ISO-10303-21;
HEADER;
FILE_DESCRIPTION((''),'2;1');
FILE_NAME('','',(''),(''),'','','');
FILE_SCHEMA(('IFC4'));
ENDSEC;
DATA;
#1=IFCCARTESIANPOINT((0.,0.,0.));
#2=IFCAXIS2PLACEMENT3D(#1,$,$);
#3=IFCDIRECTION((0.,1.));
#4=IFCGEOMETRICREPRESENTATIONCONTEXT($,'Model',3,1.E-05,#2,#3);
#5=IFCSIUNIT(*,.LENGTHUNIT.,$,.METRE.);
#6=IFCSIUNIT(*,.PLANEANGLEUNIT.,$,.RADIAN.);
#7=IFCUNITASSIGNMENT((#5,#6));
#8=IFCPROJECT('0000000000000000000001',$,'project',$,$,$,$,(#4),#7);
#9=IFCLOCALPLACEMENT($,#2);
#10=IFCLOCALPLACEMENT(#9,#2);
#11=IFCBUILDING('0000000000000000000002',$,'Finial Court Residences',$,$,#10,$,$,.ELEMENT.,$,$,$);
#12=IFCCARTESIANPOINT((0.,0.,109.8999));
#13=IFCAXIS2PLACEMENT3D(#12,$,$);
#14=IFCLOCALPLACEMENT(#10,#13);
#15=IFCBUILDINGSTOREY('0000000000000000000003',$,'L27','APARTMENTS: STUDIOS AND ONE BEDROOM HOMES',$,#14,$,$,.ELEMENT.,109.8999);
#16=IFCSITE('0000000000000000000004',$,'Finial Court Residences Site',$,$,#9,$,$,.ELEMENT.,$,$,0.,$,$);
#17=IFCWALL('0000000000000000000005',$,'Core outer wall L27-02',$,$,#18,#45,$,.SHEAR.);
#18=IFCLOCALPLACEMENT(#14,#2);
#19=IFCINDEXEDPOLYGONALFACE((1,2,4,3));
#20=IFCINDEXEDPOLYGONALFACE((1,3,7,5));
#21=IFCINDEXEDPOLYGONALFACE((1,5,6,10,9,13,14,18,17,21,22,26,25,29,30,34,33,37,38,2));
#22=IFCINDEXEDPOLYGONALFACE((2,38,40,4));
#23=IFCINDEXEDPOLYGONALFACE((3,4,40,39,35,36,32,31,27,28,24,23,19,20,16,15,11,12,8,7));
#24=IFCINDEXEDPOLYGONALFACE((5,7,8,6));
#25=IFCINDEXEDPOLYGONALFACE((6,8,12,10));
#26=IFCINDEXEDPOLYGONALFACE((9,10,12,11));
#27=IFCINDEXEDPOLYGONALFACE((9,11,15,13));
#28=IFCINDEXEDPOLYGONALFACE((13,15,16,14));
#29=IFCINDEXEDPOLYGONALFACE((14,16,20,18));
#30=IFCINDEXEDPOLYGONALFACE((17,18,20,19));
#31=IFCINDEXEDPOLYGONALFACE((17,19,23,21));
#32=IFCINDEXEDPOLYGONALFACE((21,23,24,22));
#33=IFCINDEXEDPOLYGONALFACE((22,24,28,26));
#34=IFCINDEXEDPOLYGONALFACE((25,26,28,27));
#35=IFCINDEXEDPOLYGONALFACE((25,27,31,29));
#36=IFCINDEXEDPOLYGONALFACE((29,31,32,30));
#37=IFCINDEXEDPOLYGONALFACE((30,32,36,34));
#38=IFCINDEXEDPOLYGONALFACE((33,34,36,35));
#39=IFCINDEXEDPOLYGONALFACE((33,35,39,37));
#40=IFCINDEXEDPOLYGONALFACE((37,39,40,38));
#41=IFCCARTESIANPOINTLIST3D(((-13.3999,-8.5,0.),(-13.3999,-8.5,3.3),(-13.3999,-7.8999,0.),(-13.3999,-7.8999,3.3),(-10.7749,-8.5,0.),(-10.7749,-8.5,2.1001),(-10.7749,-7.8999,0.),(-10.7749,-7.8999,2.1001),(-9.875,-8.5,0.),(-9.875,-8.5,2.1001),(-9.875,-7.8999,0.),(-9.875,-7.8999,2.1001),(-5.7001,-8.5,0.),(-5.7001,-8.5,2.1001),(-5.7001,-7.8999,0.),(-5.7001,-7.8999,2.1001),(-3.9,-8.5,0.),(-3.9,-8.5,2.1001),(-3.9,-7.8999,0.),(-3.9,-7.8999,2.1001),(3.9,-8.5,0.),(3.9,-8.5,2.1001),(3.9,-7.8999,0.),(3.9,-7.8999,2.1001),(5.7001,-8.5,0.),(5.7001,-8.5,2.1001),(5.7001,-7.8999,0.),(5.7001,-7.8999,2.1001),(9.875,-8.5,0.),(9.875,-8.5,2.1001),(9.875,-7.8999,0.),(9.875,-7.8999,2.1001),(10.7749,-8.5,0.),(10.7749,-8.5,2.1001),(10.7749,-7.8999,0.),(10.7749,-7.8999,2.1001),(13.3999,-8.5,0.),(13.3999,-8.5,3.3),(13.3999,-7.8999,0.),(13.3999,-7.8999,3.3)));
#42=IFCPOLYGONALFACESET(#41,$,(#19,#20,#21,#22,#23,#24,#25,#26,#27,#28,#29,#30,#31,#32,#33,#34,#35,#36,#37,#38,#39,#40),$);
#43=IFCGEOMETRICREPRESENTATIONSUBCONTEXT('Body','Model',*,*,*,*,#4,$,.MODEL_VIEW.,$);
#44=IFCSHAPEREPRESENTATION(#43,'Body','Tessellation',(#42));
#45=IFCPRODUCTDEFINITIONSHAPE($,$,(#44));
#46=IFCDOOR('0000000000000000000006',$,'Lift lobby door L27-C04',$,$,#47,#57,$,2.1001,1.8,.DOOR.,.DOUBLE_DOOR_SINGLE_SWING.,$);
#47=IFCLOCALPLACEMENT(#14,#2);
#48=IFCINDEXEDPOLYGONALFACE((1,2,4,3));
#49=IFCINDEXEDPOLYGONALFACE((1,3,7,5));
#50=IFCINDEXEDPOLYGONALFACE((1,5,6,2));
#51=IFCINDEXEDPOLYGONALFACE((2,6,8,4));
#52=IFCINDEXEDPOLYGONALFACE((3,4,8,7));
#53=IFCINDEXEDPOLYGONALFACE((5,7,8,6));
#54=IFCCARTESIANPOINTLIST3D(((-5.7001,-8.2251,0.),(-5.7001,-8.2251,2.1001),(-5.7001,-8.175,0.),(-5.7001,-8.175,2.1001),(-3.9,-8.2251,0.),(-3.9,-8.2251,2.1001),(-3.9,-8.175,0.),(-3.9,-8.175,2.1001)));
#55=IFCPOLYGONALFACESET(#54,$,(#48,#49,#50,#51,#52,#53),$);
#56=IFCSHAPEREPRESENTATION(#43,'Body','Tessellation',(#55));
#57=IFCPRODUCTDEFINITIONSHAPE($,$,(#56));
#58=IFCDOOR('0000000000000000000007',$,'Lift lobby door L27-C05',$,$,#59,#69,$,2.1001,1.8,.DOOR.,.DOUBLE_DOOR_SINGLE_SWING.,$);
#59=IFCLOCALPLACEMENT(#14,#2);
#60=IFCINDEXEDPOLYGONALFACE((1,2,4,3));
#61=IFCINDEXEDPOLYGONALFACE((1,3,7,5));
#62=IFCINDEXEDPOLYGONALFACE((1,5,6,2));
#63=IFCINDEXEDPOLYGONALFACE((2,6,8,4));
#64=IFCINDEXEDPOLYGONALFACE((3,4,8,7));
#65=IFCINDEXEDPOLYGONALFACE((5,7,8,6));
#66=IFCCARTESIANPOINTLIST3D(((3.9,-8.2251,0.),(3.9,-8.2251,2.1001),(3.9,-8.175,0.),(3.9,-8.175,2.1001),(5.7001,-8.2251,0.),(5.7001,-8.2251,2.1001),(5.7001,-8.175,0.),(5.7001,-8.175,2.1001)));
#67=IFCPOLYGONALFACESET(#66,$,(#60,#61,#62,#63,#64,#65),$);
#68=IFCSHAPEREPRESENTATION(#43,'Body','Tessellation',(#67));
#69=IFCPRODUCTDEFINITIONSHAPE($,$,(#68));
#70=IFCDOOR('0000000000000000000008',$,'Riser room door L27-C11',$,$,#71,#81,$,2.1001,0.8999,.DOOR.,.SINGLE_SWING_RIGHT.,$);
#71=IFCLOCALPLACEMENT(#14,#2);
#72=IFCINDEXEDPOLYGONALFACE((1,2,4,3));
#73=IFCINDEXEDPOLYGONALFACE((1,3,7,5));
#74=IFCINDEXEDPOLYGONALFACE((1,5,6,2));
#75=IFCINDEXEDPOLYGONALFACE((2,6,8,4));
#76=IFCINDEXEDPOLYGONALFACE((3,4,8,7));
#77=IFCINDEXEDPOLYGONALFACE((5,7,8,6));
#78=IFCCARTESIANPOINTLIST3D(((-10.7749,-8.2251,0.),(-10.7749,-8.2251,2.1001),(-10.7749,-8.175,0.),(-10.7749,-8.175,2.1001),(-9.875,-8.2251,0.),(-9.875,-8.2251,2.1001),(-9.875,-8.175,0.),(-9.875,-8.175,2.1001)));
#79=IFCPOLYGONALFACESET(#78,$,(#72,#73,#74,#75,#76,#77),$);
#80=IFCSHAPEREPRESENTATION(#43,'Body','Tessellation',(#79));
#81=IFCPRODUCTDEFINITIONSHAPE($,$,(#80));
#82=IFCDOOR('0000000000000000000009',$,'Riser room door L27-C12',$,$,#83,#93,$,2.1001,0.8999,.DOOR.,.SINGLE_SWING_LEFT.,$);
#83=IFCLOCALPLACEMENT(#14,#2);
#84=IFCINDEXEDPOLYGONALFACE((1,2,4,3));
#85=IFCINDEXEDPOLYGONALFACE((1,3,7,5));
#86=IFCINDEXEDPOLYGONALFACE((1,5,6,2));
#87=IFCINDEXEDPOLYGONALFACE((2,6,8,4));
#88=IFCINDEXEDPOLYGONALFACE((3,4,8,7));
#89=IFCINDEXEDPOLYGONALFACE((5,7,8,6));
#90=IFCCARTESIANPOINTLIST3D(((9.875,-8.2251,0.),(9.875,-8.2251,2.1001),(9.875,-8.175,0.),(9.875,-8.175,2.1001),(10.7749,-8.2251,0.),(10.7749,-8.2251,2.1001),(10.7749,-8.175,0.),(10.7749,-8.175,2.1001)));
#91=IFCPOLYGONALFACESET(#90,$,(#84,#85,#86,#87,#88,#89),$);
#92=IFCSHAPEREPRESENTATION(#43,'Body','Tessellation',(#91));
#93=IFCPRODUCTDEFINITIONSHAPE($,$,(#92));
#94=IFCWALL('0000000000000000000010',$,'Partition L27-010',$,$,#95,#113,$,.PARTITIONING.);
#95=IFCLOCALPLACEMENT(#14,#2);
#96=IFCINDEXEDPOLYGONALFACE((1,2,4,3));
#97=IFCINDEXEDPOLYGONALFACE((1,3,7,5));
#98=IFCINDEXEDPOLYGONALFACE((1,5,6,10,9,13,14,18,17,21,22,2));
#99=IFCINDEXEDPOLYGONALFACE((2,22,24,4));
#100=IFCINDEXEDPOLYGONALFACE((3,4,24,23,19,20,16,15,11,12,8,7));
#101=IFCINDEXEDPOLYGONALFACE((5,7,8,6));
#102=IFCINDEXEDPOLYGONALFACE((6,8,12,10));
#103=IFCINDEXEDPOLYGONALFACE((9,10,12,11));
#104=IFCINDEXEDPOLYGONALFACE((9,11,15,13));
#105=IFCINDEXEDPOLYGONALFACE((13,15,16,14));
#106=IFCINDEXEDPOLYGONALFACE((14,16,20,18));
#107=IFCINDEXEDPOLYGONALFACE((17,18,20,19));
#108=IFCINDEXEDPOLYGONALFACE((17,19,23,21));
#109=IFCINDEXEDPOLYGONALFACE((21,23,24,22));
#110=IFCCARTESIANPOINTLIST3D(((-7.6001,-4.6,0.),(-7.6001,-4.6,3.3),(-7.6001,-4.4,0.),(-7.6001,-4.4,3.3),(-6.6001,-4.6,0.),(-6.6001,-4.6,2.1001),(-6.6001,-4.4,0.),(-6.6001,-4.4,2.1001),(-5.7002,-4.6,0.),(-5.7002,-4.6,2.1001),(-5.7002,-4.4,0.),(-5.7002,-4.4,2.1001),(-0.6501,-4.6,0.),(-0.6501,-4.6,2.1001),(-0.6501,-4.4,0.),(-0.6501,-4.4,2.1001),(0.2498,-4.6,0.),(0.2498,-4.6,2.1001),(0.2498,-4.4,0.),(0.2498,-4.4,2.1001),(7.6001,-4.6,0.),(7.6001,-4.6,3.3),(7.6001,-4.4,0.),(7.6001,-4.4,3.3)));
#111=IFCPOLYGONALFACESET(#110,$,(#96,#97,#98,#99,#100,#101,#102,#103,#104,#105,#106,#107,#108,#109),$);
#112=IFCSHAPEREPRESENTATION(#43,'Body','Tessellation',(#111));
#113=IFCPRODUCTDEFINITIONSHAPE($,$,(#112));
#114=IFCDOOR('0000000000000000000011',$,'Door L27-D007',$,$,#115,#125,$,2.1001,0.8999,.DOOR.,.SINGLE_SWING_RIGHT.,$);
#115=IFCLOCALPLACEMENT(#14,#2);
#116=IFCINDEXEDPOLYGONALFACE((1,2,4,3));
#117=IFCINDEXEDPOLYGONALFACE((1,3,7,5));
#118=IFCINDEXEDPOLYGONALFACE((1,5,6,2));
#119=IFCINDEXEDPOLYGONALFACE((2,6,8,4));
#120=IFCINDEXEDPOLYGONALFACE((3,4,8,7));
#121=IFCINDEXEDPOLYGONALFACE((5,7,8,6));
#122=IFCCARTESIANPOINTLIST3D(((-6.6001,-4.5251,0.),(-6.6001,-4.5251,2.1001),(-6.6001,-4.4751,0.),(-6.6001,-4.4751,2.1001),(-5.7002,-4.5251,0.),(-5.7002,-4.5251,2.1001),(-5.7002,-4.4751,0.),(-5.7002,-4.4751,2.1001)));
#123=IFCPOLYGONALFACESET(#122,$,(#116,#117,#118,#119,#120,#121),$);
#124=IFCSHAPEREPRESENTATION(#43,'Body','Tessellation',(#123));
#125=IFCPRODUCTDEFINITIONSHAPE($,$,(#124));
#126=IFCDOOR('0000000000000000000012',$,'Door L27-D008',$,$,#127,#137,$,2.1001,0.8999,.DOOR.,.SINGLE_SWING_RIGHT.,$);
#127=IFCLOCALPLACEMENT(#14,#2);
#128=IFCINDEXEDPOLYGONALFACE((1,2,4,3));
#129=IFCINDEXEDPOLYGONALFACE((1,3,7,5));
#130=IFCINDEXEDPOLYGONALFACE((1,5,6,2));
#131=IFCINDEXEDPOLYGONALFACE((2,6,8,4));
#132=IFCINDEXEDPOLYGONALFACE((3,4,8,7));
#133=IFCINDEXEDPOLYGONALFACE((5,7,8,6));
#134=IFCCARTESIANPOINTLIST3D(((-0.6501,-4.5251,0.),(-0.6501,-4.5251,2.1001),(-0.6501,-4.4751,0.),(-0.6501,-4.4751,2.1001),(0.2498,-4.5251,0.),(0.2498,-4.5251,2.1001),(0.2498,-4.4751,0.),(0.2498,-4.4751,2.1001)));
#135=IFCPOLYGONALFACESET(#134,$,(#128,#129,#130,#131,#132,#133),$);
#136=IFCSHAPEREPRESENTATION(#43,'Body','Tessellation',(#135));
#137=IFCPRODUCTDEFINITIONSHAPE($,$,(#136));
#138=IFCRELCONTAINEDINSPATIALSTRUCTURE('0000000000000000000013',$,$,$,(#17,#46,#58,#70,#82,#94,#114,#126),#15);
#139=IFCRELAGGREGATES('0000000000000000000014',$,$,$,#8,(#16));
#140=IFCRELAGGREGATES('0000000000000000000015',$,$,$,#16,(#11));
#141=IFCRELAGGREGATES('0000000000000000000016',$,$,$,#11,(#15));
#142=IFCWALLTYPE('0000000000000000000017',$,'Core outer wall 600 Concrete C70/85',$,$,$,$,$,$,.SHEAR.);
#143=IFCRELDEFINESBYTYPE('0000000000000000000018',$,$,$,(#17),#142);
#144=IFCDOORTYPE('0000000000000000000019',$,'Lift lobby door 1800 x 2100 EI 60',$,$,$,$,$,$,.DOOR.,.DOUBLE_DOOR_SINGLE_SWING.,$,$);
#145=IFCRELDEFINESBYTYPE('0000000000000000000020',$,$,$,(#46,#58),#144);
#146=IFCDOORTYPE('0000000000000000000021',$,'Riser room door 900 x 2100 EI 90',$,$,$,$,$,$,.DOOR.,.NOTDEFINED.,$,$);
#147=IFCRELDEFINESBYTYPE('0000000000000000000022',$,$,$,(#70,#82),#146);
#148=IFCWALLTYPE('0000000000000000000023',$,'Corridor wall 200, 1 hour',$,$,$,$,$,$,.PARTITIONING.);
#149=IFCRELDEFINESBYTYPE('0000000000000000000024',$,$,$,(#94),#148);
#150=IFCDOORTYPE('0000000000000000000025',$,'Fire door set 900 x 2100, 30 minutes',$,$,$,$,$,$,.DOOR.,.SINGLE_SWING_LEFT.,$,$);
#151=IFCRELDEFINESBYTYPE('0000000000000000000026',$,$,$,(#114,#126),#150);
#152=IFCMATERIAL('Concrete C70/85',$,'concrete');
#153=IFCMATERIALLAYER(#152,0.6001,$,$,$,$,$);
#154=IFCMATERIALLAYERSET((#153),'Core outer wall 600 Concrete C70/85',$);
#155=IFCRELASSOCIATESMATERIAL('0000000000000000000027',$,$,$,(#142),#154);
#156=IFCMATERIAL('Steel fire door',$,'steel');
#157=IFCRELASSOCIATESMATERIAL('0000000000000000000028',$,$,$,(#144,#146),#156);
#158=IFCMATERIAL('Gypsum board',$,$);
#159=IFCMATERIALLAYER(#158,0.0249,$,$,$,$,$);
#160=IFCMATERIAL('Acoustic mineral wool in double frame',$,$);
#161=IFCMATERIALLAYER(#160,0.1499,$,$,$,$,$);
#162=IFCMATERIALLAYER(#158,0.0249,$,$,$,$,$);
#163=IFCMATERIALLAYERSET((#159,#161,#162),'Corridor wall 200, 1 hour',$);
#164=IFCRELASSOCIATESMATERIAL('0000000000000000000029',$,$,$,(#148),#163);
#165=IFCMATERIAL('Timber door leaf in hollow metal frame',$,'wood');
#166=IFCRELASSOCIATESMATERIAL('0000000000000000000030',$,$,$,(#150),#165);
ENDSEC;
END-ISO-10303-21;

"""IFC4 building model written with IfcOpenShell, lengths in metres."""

from ifc_helpers import new_model, si_unit, direction, frame, frame_2d, origin, place, context, subcontext, project, spatial, rectangle, extrude, material, layer, layer_set, type_object, element, fill, save


model = new_model("IFC4")

# Units and contexts
model_context = context("Model", 3, precision=1e-05, world=origin(), true_north=direction((0.0, 1.0)))
body_context = subcontext(model_context, "Body", "Model", "MODEL_VIEW")
ifc_project = project(units=[si_unit("LENGTHUNIT", "METRE"), si_unit("PLANEANGLEUNIT", "RADIAN")], contexts=[model_context])

# Site, building, storey
site_placement = place(None, origin())
site = spatial("IfcSite", under=ifc_project, at=site_placement, Name="Finial Court Residences Site", CompositionType="ELEMENT", RefElevation=0.0)
building_placement = place(site_placement, origin())
building = spatial("IfcBuilding", under=site, at=building_placement, Name="Finial Court Residences", CompositionType="ELEMENT")
storey_placement = place(building_placement, frame((0.0, 0.0, 109.8999)))
storey = spatial("IfcBuildingStorey", under=building, at=storey_placement, Name="L27", Description="APARTMENTS: STUDIOS AND ONE BEDROOM HOMES", CompositionType="ELEMENT", Elevation=109.8999)

# Shared definitions
ifc_material_1 = material(Name="Concrete C70/85", Category="concrete")

# Walls, openings, doors
ifc_layer_1 = layer(ifc_material_1, 0.6001)
ifc_layer_set_1 = layer_set([ifc_layer_1], Name="Core outer wall 600 Concrete C70/85")
wall_type_1 = type_object("IfcWallType", Name="Core outer wall 600 Concrete C70/85", PredefinedType="SHEAR", material=ifc_layer_set_1)
wall_1_placement = place(storey_placement, frame((-13.3999, -8.2, 0.0), z_axis=(0.0, 0.0, 1.0), x_axis=(1.0, 0.0, 0.0)))
wall_1 = element("IfcWall", 1, at=wall_1_placement, inside=storey, type_object=wall_type_1, Name="Core outer wall L27-02", PredefinedType="SHEAR", context=body_context, shape_type="SweptSolid", body=[
    extrude(rectangle(XDim=26.7998, YDim=0.6001, at=frame_2d((13.3999, 0.0))), origin(), (0.0, 0.0, 1.0), 3.3),
])
opening_1_placement = place(wall_1_placement, frame((7.7, 0.0, 0.0)))
opening_1 = element("IfcOpeningElement", 2, at=opening_1_placement, cuts=wall_1, PredefinedType="OPENING", context=body_context, shape_type="SweptSolid", body=[
    extrude(rectangle(XDim=1.8, YDim=2.1001, at=frame_2d((0.8999, 1.05))), frame((0.0, 0.3101, 0.0), z_axis=(0.0, -1.0, 0.0), x_axis=(1.0, 0.0, 0.0)), (0.0, 0.0, 1.0), 0.6201),
])
opening_2_placement = place(wall_1_placement, frame((17.3, 0.0, 0.0)))
opening_2 = element("IfcOpeningElement", 3, at=opening_2_placement, cuts=wall_1, PredefinedType="OPENING", context=body_context, shape_type="SweptSolid", body=[
    extrude(rectangle(XDim=1.8, YDim=2.1001, at=frame_2d((0.8999, 1.05))), frame((0.0, 0.3101, 0.0), z_axis=(0.0, -1.0, 0.0), x_axis=(1.0, 0.0, 0.0)), (0.0, 0.0, 1.0), 0.6201),
])
opening_3_placement = place(wall_1_placement, frame((2.625, 0.0, 0.0)))
opening_3 = element("IfcOpeningElement", 4, at=opening_3_placement, cuts=wall_1, PredefinedType="OPENING", context=body_context, shape_type="SweptSolid", body=[
    extrude(rectangle(XDim=0.8999, YDim=2.1001, at=frame_2d((0.45, 1.05))), frame((0.0, 0.3101, 0.0), z_axis=(0.0, -1.0, 0.0), x_axis=(1.0, 0.0, 0.0)), (0.0, 0.0, 1.0), 0.6201),
])
opening_4_placement = place(wall_1_placement, frame((23.2749, 0.0, 0.0)))
opening_4 = element("IfcOpeningElement", 5, at=opening_4_placement, cuts=wall_1, PredefinedType="OPENING", context=body_context, shape_type="SweptSolid", body=[
    extrude(rectangle(XDim=0.8999, YDim=2.1001, at=frame_2d((0.45, 1.05))), frame((0.0, 0.3101, 0.0), z_axis=(0.0, -1.0, 0.0), x_axis=(1.0, 0.0, 0.0)), (0.0, 0.0, 1.0), 0.6201),
])
ifc_material_2 = material(Name="Steel fire door", Category="steel")
door_type_1 = type_object("IfcDoorType", Name="Lift lobby door 1800 x 2100 EI 60", OperationType="DOUBLE_DOOR_SINGLE_SWING", PredefinedType="DOOR", material=ifc_material_2)
door_1_placement = place(opening_1_placement, origin())
door_1 = element("IfcDoor", 6, at=door_1_placement, inside=storey, type_object=door_type_1, Name="Lift lobby door L27-C04", OperationType="DOUBLE_DOOR_SINGLE_SWING", OverallHeight=2.1001, OverallWidth=1.8, PredefinedType="DOOR", context=body_context, shape_type="SweptSolid", body=[
    extrude(rectangle(XDim=1.8, YDim=2.1001, at=frame_2d((0.8999, 1.05))), frame((0.0, 0.0249, 0.0), z_axis=(0.0, -1.0, 0.0), x_axis=(1.0, 0.0, 0.0)), (0.0, 0.0, 1.0), 0.05),
])
fill(opening_1, door_1)
door_2_placement = place(opening_2_placement, origin())
door_2 = element("IfcDoor", 7, at=door_2_placement, inside=storey, type_object=door_type_1, Name="Lift lobby door L27-C05", OperationType="DOUBLE_DOOR_SINGLE_SWING", OverallHeight=2.1001, OverallWidth=1.8, PredefinedType="DOOR", context=body_context, shape_type="SweptSolid", body=[
    extrude(rectangle(XDim=1.8, YDim=2.1001, at=frame_2d((0.8999, 1.05))), frame((0.0, 0.0249, 0.0), z_axis=(0.0, -1.0, 0.0), x_axis=(1.0, 0.0, 0.0)), (0.0, 0.0, 1.0), 0.05),
])
fill(opening_2, door_2)
door_type_2 = type_object("IfcDoorType", Name="Riser room door 900 x 2100 EI 90", OperationType="NOTDEFINED", PredefinedType="DOOR", material=ifc_material_2)
door_3_placement = place(opening_3_placement, origin())
door_3 = element("IfcDoor", 8, at=door_3_placement, inside=storey, type_object=door_type_2, Name="Riser room door L27-C11", OperationType="SINGLE_SWING_RIGHT", OverallHeight=2.1001, OverallWidth=0.8999, PredefinedType="DOOR", context=body_context, shape_type="SweptSolid", body=[
    extrude(rectangle(XDim=0.8999, YDim=2.1001, at=frame_2d((0.45, 1.05))), frame((0.0, 0.0249, 0.0), z_axis=(0.0, -1.0, 0.0), x_axis=(1.0, 0.0, 0.0)), (0.0, 0.0, 1.0), 0.05),
])
fill(opening_3, door_3)
door_4_placement = place(opening_4_placement, origin())
door_4 = element("IfcDoor", 9, at=door_4_placement, inside=storey, type_object=door_type_2, Name="Riser room door L27-C12", OperationType="SINGLE_SWING_LEFT", OverallHeight=2.1001, OverallWidth=0.8999, PredefinedType="DOOR", context=body_context, shape_type="SweptSolid", body=[
    extrude(rectangle(XDim=0.8999, YDim=2.1001, at=frame_2d((0.45, 1.05))), frame((0.0, 0.0249, 0.0), z_axis=(0.0, -1.0, 0.0), x_axis=(1.0, 0.0, 0.0)), (0.0, 0.0, 1.0), 0.05),
])
fill(opening_4, door_4)
ifc_material_3 = material(Name="Gypsum board")
ifc_layer_2 = layer(ifc_material_3, 0.0249)
ifc_material_4 = material(Name="Acoustic mineral wool in double frame")
ifc_layer_3 = layer(ifc_material_4, 0.1499)
ifc_layer_4 = layer(ifc_material_3, 0.0249)
ifc_layer_set_2 = layer_set([ifc_layer_2, ifc_layer_3, ifc_layer_4], Name="Corridor wall 200, 1 hour")
wall_type_2 = type_object("IfcWallType", Name="Corridor wall 200, 1 hour", PredefinedType="PARTITIONING", material=ifc_layer_set_2)
wall_2_placement = place(storey_placement, frame((-7.6001, -4.5, 0.0), z_axis=(0.0, 0.0, 1.0), x_axis=(1.0, 0.0, 0.0)))
wall_2 = element("IfcWall", 10, at=wall_2_placement, inside=storey, type_object=wall_type_2, Name="Partition L27-010", PredefinedType="PARTITIONING", context=body_context, shape_type="SweptSolid", body=[
    extrude(rectangle(XDim=15.2002, YDim=0.2, at=frame_2d((7.6001, 0.0))), origin(), (0.0, 0.0, 1.0), 3.3),
])
opening_5_placement = place(wall_2_placement, frame((1.0, 0.0, 0.0)))
opening_5 = element("IfcOpeningElement", 11, at=opening_5_placement, cuts=wall_2, PredefinedType="OPENING", context=body_context, shape_type="SweptSolid", body=[
    extrude(rectangle(XDim=0.8999, YDim=2.1001, at=frame_2d((0.45, 1.05))), frame((0.0, 0.1099, 0.0), z_axis=(0.0, -1.0, 0.0), x_axis=(1.0, 0.0, 0.0)), (0.0, 0.0, 1.0), 0.22),
])
opening_6_placement = place(wall_2_placement, frame((6.95, 0.0, 0.0)))
opening_6 = element("IfcOpeningElement", 12, at=opening_6_placement, cuts=wall_2, PredefinedType="OPENING", context=body_context, shape_type="SweptSolid", body=[
    extrude(rectangle(XDim=0.8999, YDim=2.1001, at=frame_2d((0.45, 1.05))), frame((0.0, 0.1099, 0.0), z_axis=(0.0, -1.0, 0.0), x_axis=(1.0, 0.0, 0.0)), (0.0, 0.0, 1.0), 0.22),
])
ifc_material_5 = material(Name="Timber door leaf in hollow metal frame", Category="wood")
door_type_3 = type_object("IfcDoorType", Name="Fire door set 900 x 2100, 30 minutes", OperationType="SINGLE_SWING_LEFT", PredefinedType="DOOR", material=ifc_material_5)
door_5_placement = place(opening_5_placement, origin())
door_5 = element("IfcDoor", 13, at=door_5_placement, inside=storey, type_object=door_type_3, Name="Door L27-D007", OperationType="SINGLE_SWING_RIGHT", OverallHeight=2.1001, OverallWidth=0.8999, PredefinedType="DOOR", context=body_context, shape_type="SweptSolid", body=[
    extrude(rectangle(XDim=0.8999, YDim=2.1001, at=frame_2d((0.45, 1.05))), frame((0.0, 0.0249, 0.0), z_axis=(0.0, -1.0, 0.0), x_axis=(1.0, 0.0, 0.0)), (0.0, 0.0, 1.0), 0.05),
])
fill(opening_5, door_5)
door_6_placement = place(opening_6_placement, origin())
door_6 = element("IfcDoor", 14, at=door_6_placement, inside=storey, type_object=door_type_3, Name="Door L27-D008", OperationType="SINGLE_SWING_RIGHT", OverallHeight=2.1001, OverallWidth=0.8999, PredefinedType="DOOR", context=body_context, shape_type="SweptSolid", body=[
    extrude(rectangle(XDim=0.8999, YDim=2.1001, at=frame_2d((0.45, 1.05))), frame((0.0, 0.0249, 0.0), z_axis=(0.0, -1.0, 0.0), x_axis=(1.0, 0.0, 0.0)), (0.0, 0.0, 1.0), 0.05),
])
fill(opening_6, door_6)

save(model, "model.ifc")
